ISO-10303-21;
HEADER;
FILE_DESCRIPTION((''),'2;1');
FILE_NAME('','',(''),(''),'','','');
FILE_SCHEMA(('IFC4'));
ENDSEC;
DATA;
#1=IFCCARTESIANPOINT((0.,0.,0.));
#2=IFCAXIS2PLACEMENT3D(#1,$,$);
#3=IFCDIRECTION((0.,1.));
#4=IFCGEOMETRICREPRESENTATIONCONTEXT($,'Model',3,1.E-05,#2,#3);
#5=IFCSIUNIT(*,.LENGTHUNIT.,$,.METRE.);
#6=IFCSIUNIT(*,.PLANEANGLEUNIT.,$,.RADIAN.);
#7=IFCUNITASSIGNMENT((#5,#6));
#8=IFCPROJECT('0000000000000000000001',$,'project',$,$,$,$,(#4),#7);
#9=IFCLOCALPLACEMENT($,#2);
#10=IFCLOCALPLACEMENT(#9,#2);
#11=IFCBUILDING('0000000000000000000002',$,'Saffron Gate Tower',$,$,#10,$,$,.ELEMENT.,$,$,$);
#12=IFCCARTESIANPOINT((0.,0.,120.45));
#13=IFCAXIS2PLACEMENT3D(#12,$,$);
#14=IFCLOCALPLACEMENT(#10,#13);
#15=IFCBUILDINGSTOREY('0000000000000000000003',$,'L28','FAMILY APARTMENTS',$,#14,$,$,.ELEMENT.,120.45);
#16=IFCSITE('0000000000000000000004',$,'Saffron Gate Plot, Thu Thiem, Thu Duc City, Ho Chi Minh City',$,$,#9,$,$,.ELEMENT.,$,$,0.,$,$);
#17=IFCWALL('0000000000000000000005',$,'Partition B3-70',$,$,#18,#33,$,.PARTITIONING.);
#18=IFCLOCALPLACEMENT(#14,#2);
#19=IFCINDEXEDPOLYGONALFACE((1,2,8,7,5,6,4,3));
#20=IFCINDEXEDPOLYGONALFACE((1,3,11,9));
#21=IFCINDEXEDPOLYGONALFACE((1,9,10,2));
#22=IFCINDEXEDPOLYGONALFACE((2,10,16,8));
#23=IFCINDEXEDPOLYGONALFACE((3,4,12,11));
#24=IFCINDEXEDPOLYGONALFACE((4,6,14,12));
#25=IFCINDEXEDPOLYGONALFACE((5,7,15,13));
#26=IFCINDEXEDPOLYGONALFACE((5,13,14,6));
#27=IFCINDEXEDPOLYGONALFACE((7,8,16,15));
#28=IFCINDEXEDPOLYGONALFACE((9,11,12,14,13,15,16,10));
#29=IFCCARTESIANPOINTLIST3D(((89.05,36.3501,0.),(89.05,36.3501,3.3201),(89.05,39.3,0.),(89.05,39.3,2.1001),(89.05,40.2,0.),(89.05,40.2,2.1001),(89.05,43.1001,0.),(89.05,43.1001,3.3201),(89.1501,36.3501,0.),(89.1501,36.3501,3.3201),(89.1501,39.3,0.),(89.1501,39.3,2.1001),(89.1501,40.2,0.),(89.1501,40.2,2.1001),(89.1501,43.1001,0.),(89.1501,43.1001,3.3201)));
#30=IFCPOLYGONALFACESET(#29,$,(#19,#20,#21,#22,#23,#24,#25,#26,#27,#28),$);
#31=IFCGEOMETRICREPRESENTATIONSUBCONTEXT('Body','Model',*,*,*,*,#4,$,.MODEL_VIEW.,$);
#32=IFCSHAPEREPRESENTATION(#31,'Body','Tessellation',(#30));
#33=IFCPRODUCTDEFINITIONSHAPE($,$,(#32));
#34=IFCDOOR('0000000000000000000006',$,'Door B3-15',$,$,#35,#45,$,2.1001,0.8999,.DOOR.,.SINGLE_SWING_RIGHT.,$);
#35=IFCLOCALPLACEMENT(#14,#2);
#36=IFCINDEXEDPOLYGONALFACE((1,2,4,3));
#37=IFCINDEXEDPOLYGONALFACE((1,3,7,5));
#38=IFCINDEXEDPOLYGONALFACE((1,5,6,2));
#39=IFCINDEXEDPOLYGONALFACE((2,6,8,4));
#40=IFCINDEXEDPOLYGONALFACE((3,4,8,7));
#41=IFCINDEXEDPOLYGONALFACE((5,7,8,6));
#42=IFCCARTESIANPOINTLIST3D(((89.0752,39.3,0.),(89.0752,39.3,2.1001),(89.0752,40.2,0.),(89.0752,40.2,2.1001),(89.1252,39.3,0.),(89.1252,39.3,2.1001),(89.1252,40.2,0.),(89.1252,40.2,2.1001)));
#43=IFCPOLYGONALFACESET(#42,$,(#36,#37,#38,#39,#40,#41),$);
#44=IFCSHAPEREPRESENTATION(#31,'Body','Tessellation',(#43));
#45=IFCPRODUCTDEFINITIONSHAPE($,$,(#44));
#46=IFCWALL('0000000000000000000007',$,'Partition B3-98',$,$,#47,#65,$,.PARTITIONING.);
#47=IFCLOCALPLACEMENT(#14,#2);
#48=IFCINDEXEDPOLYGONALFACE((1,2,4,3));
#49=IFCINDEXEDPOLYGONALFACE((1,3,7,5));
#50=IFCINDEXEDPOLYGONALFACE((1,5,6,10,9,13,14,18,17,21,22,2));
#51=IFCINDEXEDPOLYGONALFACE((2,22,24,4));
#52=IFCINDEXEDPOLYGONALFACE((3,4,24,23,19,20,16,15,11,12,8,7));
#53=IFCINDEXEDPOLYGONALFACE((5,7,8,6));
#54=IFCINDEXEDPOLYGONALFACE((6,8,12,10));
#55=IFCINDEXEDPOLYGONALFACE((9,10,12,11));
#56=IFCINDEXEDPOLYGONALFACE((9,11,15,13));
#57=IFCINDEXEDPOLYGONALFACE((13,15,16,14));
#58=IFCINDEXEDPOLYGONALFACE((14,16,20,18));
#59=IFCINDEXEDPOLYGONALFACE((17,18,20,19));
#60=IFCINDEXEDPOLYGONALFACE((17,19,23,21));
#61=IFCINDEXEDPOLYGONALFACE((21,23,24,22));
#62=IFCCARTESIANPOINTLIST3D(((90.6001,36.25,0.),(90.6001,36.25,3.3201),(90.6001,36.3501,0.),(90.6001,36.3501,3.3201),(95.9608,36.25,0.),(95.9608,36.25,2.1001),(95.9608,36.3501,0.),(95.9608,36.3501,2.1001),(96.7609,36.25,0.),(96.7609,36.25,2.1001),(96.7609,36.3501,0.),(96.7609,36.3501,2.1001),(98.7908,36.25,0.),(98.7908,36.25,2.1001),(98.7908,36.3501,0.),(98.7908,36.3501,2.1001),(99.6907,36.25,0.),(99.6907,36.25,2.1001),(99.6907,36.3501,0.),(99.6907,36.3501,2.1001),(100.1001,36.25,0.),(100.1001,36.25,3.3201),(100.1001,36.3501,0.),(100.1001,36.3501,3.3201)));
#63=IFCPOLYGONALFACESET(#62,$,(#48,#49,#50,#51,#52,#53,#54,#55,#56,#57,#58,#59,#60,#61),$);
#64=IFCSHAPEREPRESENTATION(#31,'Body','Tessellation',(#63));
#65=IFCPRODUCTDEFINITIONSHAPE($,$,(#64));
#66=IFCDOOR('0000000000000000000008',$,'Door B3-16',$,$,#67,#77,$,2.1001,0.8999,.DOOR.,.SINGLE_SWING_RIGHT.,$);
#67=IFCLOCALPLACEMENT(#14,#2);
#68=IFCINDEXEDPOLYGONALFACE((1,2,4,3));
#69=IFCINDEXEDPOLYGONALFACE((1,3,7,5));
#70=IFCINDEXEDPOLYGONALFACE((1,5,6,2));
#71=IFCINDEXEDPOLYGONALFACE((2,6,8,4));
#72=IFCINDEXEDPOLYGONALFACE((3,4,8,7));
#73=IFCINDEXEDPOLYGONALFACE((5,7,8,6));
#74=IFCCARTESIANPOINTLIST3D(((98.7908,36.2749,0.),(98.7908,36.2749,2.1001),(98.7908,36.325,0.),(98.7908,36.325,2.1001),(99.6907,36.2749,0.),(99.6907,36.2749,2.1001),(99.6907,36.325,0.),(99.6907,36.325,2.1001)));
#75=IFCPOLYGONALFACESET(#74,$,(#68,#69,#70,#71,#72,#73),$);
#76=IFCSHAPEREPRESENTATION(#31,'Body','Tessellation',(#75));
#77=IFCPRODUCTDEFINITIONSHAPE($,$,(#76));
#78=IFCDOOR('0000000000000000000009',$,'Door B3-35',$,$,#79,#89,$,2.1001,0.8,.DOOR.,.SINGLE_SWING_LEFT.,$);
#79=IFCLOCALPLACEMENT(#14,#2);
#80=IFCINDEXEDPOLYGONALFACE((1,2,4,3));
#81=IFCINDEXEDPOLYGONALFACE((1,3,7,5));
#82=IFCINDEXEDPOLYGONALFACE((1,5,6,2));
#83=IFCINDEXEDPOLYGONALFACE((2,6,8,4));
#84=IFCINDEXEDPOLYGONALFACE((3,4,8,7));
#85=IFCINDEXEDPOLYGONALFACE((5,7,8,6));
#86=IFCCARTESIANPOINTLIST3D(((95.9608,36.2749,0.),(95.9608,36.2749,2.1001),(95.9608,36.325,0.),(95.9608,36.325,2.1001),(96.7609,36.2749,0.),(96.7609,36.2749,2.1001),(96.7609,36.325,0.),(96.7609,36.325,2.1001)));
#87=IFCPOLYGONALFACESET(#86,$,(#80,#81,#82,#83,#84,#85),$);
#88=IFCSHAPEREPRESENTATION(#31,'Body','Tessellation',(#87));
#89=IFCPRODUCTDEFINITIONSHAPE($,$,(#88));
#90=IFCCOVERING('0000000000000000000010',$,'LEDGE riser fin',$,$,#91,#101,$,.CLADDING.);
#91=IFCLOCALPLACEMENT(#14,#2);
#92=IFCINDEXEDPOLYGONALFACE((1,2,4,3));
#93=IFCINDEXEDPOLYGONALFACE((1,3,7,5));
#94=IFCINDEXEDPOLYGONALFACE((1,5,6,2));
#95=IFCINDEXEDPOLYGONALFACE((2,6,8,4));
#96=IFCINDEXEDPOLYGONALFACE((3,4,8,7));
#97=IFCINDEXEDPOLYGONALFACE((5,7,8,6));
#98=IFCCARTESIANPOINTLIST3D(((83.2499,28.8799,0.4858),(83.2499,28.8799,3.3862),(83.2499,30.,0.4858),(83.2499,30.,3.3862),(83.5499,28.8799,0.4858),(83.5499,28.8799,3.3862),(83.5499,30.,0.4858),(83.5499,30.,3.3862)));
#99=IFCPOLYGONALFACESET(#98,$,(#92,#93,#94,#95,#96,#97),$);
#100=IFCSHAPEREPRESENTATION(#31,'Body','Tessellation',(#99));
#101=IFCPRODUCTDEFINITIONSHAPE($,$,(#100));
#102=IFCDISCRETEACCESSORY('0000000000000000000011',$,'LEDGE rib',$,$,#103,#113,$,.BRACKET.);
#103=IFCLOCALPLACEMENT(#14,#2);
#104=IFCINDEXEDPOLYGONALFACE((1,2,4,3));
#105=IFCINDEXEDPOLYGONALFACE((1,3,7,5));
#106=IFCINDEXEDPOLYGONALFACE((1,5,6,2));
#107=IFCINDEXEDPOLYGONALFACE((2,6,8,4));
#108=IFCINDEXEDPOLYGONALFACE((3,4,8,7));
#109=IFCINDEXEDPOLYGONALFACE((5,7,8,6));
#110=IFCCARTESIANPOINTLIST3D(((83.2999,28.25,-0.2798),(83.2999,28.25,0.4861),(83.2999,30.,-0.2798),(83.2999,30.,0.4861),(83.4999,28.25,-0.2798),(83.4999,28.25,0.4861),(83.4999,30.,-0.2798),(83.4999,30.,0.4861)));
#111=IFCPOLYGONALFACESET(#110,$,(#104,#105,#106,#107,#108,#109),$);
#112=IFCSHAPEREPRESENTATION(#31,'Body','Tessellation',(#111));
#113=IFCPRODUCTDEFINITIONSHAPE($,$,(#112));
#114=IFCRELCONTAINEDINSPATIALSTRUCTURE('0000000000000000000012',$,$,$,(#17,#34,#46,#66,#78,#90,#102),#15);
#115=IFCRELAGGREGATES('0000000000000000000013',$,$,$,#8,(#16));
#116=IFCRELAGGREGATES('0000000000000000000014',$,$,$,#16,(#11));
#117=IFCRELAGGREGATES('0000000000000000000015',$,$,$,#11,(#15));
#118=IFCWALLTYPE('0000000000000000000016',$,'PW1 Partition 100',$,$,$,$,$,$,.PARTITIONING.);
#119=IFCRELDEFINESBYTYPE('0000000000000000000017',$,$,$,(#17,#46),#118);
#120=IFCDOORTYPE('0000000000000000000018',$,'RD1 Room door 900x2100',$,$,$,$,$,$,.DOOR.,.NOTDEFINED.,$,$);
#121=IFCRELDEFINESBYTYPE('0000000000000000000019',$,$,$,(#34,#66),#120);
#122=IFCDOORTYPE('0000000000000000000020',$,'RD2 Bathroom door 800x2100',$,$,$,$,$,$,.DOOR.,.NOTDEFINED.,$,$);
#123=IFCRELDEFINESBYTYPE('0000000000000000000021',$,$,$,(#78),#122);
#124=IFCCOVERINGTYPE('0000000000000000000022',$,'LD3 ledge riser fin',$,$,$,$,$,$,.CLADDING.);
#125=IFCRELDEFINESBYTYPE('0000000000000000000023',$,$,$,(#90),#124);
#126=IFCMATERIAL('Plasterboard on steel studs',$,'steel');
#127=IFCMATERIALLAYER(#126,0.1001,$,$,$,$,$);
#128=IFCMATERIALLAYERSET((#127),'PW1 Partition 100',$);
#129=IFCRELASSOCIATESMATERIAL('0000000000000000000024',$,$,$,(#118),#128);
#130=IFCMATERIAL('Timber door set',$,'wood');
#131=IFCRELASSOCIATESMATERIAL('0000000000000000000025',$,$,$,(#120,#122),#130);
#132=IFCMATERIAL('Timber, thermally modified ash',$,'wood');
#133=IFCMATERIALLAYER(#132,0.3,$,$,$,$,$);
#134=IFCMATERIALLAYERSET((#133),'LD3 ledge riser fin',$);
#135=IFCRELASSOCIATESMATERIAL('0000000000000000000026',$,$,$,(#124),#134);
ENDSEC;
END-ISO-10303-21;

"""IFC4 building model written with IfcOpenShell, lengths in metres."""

from ifc_helpers import new_model, si_unit, direction, frame, frame_2d, origin, origin_2d, place, context, subcontext, project, spatial, rectangle, extrude, material, layer, layer_set, type_object, element, fill, save


model = new_model("IFC4")

# Units and contexts
model_context = context("Model", 3, precision=1e-05, world=origin(), true_north=direction((0.0, 1.0)))
body_context = subcontext(model_context, "Body", "Model", "MODEL_VIEW")
ifc_project = project(units=[si_unit("LENGTHUNIT", "METRE"), si_unit("PLANEANGLEUNIT", "RADIAN")], contexts=[model_context])

# Site, building, storey
site_placement = place(None, origin())
site = spatial("IfcSite", under=ifc_project, at=site_placement, Name="Saffron Gate Plot, Thu Thiem, Thu Duc City, Ho Chi Minh City", CompositionType="ELEMENT", RefElevation=0.0)
building_placement = place(site_placement, origin())
building = spatial("IfcBuilding", under=site, at=building_placement, Name="Saffron Gate Tower", CompositionType="ELEMENT")
storey_placement = place(building_placement, frame((0.0, 0.0, 120.45)))
storey = spatial("IfcBuildingStorey", under=building, at=storey_placement, Name="L28", Description="FAMILY APARTMENTS", CompositionType="ELEMENT", Elevation=120.45)

# Shared definitions
ifc_material_1 = material(Name="Plasterboard on steel studs", Category="steel")
ifc_layer_1 = layer(ifc_material_1, 0.1001)
ifc_layer_set_1 = layer_set([ifc_layer_1], Name="PW1 Partition 100")
wall_type = type_object("IfcWallType", Name="PW1 Partition 100", PredefinedType="PARTITIONING", material=ifc_layer_set_1)

# Wall, opening, door
wall_1_placement = place(storey_placement, frame((89.1001, 36.3501, 0.0), z_axis=(0.0, 0.0, 1.0), x_axis=(0.0, 1.0, 0.0)))
wall_1 = element("IfcWall", 1, at=wall_1_placement, inside=storey, type_object=wall_type, Name="Partition B3-70", PredefinedType="PARTITIONING", context=body_context, shape_type="SweptSolid", body=[
    extrude(rectangle(XDim=6.75, YDim=0.1001, at=frame_2d((3.375, 0.0))), origin(), (0.0, 0.0, 1.0), 3.3201),
])
opening_1_placement = place(wall_1_placement, frame((2.95, 0.0, 0.0)))
opening_1 = element("IfcOpeningElement", 2, at=opening_1_placement, cuts=wall_1, PredefinedType="OPENING", context=body_context, shape_type="SweptSolid", body=[
    extrude(rectangle(XDim=0.8999, YDim=2.1001, at=frame_2d((0.45, 1.05))), frame((0.0, 0.0601, 0.0), z_axis=(0.0, -1.0, 0.0), x_axis=(1.0, 0.0, 0.0)), (0.0, 0.0, 1.0), 0.1201),
])
ifc_material_2 = material(Name="Timber door set", Category="wood")
door_type_1 = type_object("IfcDoorType", Name="RD1 Room door 900x2100", OperationType="NOTDEFINED", PredefinedType="DOOR", material=ifc_material_2)
door_1_placement = place(opening_1_placement, origin())
door_1 = element("IfcDoor", 3, at=door_1_placement, inside=storey, type_object=door_type_1, Name="Door B3-15", OperationType="SINGLE_SWING_RIGHT", OverallHeight=2.1001, OverallWidth=0.8999, PredefinedType="DOOR", context=body_context, shape_type="SweptSolid", body=[
    extrude(rectangle(XDim=0.8999, YDim=2.1001, at=frame_2d((0.45, 1.05))), frame((0.0, 0.0249, 0.0), z_axis=(0.0, -1.0, 0.0), x_axis=(1.0, 0.0, 0.0)), (0.0, 0.0, 1.0), 0.05),
])
fill(opening_1, door_1)

# Wall, openings, doors
wall_2_placement = place(storey_placement, frame((90.6001, 36.3, 0.0), z_axis=(0.0, 0.0, 1.0), x_axis=(1.0, 0.0, 0.0)))
wall_2 = element("IfcWall", 4, at=wall_2_placement, inside=storey, type_object=wall_type, Name="Partition B3-98", PredefinedType="PARTITIONING", context=body_context, shape_type="SweptSolid", body=[
    extrude(rectangle(XDim=9.5, YDim=0.1001, at=frame_2d((4.75, 0.0))), origin(), (0.0, 0.0, 1.0), 3.3201),
])
opening_2_placement = place(wall_2_placement, frame((5.3608, 0.0, 0.0)))
opening_2 = element("IfcOpeningElement", 5, at=opening_2_placement, cuts=wall_2, PredefinedType="OPENING", context=body_context, shape_type="SweptSolid", body=[
    extrude(rectangle(XDim=0.8, YDim=2.1001, at=frame_2d((0.3999, 1.05))), frame((0.0, 0.0601, 0.0), z_axis=(0.0, -1.0, 0.0), x_axis=(1.0, 0.0, 0.0)), (0.0, 0.0, 1.0), 0.1201),
])
opening_3_placement = place(wall_2_placement, frame((8.1907, 0.0, 0.0)))
opening_3 = element("IfcOpeningElement", 6, at=opening_3_placement, cuts=wall_2, PredefinedType="OPENING", context=body_context, shape_type="SweptSolid", body=[
    extrude(rectangle(XDim=0.8999, YDim=2.1001, at=frame_2d((0.45, 1.05))), frame((0.0, 0.0601, 0.0), z_axis=(0.0, -1.0, 0.0), x_axis=(1.0, 0.0, 0.0)), (0.0, 0.0, 1.0), 0.1201),
])
door_2_placement = place(opening_3_placement, origin())
door_2 = element("IfcDoor", 7, at=door_2_placement, inside=storey, type_object=door_type_1, Name="Door B3-16", OperationType="SINGLE_SWING_RIGHT", OverallHeight=2.1001, OverallWidth=0.8999, PredefinedType="DOOR", context=body_context, shape_type="SweptSolid", body=[
    extrude(rectangle(XDim=0.8999, YDim=2.1001, at=frame_2d((0.45, 1.05))), frame((0.0, 0.0249, 0.0), z_axis=(0.0, -1.0, 0.0), x_axis=(1.0, 0.0, 0.0)), (0.0, 0.0, 1.0), 0.05),
])
fill(opening_3, door_2)
door_type_2 = type_object("IfcDoorType", Name="RD2 Bathroom door 800x2100", OperationType="NOTDEFINED", PredefinedType="DOOR", material=ifc_material_2)
door_3_placement = place(opening_2_placement, origin())
door_3 = element("IfcDoor", 8, at=door_3_placement, inside=storey, type_object=door_type_2, Name="Door B3-35", OperationType="SINGLE_SWING_LEFT", OverallHeight=2.1001, OverallWidth=0.8, PredefinedType="DOOR", context=body_context, shape_type="SweptSolid", body=[
    extrude(rectangle(XDim=0.8, YDim=2.1001, at=frame_2d((0.3999, 1.05))), frame((0.0, 0.0249, 0.0), z_axis=(0.0, -1.0, 0.0), x_axis=(1.0, 0.0, 0.0)), (0.0, 0.0, 1.0), 0.05),
])
fill(opening_2, door_3)

# Covering
ifc_material_3 = material(Name="Timber, thermally modified ash", Category="wood")
ifc_layer_2 = layer(ifc_material_3, 0.3)
ifc_layer_set_2 = layer_set([ifc_layer_2], Name="LD3 ledge riser fin")
covering_type = type_object("IfcCoveringType", Name="LD3 ledge riser fin", PredefinedType="CLADDING", material=ifc_layer_set_2)
covering_placement = place(storey_placement, frame((83.3999, 29.4399, 0.4858), z_axis=(0.0, 0.0, 1.0), x_axis=(1.0, 0.0, 0.0)))
element("IfcCovering", 9, at=covering_placement, inside=storey, type_object=covering_type, Name="LEDGE riser fin", PredefinedType="CLADDING", context=body_context, shape_type="SweptSolid", body=[
    extrude(rectangle(XDim=0.3, YDim=1.1201, at=origin_2d()), origin(), (0.0, 0.0, 1.0), 2.9004),
])

# Discrete accessory
discrete_accessory_placement = place(storey_placement, frame((83.3999, 29.125, -0.2798), z_axis=(0.0, 0.0, 1.0), x_axis=(1.0, 0.0, 0.0)))
element("IfcDiscreteAccessory", 10, at=discrete_accessory_placement, inside=storey, Name="LEDGE rib", PredefinedType="BRACKET", context=body_context, shape_type="SweptSolid", body=[
    extrude(rectangle(XDim=0.2, YDim=1.75, at=origin_2d()), origin(), (0.0, 0.0, 1.0), 0.7659),
])

save(model, "model.ifc")
